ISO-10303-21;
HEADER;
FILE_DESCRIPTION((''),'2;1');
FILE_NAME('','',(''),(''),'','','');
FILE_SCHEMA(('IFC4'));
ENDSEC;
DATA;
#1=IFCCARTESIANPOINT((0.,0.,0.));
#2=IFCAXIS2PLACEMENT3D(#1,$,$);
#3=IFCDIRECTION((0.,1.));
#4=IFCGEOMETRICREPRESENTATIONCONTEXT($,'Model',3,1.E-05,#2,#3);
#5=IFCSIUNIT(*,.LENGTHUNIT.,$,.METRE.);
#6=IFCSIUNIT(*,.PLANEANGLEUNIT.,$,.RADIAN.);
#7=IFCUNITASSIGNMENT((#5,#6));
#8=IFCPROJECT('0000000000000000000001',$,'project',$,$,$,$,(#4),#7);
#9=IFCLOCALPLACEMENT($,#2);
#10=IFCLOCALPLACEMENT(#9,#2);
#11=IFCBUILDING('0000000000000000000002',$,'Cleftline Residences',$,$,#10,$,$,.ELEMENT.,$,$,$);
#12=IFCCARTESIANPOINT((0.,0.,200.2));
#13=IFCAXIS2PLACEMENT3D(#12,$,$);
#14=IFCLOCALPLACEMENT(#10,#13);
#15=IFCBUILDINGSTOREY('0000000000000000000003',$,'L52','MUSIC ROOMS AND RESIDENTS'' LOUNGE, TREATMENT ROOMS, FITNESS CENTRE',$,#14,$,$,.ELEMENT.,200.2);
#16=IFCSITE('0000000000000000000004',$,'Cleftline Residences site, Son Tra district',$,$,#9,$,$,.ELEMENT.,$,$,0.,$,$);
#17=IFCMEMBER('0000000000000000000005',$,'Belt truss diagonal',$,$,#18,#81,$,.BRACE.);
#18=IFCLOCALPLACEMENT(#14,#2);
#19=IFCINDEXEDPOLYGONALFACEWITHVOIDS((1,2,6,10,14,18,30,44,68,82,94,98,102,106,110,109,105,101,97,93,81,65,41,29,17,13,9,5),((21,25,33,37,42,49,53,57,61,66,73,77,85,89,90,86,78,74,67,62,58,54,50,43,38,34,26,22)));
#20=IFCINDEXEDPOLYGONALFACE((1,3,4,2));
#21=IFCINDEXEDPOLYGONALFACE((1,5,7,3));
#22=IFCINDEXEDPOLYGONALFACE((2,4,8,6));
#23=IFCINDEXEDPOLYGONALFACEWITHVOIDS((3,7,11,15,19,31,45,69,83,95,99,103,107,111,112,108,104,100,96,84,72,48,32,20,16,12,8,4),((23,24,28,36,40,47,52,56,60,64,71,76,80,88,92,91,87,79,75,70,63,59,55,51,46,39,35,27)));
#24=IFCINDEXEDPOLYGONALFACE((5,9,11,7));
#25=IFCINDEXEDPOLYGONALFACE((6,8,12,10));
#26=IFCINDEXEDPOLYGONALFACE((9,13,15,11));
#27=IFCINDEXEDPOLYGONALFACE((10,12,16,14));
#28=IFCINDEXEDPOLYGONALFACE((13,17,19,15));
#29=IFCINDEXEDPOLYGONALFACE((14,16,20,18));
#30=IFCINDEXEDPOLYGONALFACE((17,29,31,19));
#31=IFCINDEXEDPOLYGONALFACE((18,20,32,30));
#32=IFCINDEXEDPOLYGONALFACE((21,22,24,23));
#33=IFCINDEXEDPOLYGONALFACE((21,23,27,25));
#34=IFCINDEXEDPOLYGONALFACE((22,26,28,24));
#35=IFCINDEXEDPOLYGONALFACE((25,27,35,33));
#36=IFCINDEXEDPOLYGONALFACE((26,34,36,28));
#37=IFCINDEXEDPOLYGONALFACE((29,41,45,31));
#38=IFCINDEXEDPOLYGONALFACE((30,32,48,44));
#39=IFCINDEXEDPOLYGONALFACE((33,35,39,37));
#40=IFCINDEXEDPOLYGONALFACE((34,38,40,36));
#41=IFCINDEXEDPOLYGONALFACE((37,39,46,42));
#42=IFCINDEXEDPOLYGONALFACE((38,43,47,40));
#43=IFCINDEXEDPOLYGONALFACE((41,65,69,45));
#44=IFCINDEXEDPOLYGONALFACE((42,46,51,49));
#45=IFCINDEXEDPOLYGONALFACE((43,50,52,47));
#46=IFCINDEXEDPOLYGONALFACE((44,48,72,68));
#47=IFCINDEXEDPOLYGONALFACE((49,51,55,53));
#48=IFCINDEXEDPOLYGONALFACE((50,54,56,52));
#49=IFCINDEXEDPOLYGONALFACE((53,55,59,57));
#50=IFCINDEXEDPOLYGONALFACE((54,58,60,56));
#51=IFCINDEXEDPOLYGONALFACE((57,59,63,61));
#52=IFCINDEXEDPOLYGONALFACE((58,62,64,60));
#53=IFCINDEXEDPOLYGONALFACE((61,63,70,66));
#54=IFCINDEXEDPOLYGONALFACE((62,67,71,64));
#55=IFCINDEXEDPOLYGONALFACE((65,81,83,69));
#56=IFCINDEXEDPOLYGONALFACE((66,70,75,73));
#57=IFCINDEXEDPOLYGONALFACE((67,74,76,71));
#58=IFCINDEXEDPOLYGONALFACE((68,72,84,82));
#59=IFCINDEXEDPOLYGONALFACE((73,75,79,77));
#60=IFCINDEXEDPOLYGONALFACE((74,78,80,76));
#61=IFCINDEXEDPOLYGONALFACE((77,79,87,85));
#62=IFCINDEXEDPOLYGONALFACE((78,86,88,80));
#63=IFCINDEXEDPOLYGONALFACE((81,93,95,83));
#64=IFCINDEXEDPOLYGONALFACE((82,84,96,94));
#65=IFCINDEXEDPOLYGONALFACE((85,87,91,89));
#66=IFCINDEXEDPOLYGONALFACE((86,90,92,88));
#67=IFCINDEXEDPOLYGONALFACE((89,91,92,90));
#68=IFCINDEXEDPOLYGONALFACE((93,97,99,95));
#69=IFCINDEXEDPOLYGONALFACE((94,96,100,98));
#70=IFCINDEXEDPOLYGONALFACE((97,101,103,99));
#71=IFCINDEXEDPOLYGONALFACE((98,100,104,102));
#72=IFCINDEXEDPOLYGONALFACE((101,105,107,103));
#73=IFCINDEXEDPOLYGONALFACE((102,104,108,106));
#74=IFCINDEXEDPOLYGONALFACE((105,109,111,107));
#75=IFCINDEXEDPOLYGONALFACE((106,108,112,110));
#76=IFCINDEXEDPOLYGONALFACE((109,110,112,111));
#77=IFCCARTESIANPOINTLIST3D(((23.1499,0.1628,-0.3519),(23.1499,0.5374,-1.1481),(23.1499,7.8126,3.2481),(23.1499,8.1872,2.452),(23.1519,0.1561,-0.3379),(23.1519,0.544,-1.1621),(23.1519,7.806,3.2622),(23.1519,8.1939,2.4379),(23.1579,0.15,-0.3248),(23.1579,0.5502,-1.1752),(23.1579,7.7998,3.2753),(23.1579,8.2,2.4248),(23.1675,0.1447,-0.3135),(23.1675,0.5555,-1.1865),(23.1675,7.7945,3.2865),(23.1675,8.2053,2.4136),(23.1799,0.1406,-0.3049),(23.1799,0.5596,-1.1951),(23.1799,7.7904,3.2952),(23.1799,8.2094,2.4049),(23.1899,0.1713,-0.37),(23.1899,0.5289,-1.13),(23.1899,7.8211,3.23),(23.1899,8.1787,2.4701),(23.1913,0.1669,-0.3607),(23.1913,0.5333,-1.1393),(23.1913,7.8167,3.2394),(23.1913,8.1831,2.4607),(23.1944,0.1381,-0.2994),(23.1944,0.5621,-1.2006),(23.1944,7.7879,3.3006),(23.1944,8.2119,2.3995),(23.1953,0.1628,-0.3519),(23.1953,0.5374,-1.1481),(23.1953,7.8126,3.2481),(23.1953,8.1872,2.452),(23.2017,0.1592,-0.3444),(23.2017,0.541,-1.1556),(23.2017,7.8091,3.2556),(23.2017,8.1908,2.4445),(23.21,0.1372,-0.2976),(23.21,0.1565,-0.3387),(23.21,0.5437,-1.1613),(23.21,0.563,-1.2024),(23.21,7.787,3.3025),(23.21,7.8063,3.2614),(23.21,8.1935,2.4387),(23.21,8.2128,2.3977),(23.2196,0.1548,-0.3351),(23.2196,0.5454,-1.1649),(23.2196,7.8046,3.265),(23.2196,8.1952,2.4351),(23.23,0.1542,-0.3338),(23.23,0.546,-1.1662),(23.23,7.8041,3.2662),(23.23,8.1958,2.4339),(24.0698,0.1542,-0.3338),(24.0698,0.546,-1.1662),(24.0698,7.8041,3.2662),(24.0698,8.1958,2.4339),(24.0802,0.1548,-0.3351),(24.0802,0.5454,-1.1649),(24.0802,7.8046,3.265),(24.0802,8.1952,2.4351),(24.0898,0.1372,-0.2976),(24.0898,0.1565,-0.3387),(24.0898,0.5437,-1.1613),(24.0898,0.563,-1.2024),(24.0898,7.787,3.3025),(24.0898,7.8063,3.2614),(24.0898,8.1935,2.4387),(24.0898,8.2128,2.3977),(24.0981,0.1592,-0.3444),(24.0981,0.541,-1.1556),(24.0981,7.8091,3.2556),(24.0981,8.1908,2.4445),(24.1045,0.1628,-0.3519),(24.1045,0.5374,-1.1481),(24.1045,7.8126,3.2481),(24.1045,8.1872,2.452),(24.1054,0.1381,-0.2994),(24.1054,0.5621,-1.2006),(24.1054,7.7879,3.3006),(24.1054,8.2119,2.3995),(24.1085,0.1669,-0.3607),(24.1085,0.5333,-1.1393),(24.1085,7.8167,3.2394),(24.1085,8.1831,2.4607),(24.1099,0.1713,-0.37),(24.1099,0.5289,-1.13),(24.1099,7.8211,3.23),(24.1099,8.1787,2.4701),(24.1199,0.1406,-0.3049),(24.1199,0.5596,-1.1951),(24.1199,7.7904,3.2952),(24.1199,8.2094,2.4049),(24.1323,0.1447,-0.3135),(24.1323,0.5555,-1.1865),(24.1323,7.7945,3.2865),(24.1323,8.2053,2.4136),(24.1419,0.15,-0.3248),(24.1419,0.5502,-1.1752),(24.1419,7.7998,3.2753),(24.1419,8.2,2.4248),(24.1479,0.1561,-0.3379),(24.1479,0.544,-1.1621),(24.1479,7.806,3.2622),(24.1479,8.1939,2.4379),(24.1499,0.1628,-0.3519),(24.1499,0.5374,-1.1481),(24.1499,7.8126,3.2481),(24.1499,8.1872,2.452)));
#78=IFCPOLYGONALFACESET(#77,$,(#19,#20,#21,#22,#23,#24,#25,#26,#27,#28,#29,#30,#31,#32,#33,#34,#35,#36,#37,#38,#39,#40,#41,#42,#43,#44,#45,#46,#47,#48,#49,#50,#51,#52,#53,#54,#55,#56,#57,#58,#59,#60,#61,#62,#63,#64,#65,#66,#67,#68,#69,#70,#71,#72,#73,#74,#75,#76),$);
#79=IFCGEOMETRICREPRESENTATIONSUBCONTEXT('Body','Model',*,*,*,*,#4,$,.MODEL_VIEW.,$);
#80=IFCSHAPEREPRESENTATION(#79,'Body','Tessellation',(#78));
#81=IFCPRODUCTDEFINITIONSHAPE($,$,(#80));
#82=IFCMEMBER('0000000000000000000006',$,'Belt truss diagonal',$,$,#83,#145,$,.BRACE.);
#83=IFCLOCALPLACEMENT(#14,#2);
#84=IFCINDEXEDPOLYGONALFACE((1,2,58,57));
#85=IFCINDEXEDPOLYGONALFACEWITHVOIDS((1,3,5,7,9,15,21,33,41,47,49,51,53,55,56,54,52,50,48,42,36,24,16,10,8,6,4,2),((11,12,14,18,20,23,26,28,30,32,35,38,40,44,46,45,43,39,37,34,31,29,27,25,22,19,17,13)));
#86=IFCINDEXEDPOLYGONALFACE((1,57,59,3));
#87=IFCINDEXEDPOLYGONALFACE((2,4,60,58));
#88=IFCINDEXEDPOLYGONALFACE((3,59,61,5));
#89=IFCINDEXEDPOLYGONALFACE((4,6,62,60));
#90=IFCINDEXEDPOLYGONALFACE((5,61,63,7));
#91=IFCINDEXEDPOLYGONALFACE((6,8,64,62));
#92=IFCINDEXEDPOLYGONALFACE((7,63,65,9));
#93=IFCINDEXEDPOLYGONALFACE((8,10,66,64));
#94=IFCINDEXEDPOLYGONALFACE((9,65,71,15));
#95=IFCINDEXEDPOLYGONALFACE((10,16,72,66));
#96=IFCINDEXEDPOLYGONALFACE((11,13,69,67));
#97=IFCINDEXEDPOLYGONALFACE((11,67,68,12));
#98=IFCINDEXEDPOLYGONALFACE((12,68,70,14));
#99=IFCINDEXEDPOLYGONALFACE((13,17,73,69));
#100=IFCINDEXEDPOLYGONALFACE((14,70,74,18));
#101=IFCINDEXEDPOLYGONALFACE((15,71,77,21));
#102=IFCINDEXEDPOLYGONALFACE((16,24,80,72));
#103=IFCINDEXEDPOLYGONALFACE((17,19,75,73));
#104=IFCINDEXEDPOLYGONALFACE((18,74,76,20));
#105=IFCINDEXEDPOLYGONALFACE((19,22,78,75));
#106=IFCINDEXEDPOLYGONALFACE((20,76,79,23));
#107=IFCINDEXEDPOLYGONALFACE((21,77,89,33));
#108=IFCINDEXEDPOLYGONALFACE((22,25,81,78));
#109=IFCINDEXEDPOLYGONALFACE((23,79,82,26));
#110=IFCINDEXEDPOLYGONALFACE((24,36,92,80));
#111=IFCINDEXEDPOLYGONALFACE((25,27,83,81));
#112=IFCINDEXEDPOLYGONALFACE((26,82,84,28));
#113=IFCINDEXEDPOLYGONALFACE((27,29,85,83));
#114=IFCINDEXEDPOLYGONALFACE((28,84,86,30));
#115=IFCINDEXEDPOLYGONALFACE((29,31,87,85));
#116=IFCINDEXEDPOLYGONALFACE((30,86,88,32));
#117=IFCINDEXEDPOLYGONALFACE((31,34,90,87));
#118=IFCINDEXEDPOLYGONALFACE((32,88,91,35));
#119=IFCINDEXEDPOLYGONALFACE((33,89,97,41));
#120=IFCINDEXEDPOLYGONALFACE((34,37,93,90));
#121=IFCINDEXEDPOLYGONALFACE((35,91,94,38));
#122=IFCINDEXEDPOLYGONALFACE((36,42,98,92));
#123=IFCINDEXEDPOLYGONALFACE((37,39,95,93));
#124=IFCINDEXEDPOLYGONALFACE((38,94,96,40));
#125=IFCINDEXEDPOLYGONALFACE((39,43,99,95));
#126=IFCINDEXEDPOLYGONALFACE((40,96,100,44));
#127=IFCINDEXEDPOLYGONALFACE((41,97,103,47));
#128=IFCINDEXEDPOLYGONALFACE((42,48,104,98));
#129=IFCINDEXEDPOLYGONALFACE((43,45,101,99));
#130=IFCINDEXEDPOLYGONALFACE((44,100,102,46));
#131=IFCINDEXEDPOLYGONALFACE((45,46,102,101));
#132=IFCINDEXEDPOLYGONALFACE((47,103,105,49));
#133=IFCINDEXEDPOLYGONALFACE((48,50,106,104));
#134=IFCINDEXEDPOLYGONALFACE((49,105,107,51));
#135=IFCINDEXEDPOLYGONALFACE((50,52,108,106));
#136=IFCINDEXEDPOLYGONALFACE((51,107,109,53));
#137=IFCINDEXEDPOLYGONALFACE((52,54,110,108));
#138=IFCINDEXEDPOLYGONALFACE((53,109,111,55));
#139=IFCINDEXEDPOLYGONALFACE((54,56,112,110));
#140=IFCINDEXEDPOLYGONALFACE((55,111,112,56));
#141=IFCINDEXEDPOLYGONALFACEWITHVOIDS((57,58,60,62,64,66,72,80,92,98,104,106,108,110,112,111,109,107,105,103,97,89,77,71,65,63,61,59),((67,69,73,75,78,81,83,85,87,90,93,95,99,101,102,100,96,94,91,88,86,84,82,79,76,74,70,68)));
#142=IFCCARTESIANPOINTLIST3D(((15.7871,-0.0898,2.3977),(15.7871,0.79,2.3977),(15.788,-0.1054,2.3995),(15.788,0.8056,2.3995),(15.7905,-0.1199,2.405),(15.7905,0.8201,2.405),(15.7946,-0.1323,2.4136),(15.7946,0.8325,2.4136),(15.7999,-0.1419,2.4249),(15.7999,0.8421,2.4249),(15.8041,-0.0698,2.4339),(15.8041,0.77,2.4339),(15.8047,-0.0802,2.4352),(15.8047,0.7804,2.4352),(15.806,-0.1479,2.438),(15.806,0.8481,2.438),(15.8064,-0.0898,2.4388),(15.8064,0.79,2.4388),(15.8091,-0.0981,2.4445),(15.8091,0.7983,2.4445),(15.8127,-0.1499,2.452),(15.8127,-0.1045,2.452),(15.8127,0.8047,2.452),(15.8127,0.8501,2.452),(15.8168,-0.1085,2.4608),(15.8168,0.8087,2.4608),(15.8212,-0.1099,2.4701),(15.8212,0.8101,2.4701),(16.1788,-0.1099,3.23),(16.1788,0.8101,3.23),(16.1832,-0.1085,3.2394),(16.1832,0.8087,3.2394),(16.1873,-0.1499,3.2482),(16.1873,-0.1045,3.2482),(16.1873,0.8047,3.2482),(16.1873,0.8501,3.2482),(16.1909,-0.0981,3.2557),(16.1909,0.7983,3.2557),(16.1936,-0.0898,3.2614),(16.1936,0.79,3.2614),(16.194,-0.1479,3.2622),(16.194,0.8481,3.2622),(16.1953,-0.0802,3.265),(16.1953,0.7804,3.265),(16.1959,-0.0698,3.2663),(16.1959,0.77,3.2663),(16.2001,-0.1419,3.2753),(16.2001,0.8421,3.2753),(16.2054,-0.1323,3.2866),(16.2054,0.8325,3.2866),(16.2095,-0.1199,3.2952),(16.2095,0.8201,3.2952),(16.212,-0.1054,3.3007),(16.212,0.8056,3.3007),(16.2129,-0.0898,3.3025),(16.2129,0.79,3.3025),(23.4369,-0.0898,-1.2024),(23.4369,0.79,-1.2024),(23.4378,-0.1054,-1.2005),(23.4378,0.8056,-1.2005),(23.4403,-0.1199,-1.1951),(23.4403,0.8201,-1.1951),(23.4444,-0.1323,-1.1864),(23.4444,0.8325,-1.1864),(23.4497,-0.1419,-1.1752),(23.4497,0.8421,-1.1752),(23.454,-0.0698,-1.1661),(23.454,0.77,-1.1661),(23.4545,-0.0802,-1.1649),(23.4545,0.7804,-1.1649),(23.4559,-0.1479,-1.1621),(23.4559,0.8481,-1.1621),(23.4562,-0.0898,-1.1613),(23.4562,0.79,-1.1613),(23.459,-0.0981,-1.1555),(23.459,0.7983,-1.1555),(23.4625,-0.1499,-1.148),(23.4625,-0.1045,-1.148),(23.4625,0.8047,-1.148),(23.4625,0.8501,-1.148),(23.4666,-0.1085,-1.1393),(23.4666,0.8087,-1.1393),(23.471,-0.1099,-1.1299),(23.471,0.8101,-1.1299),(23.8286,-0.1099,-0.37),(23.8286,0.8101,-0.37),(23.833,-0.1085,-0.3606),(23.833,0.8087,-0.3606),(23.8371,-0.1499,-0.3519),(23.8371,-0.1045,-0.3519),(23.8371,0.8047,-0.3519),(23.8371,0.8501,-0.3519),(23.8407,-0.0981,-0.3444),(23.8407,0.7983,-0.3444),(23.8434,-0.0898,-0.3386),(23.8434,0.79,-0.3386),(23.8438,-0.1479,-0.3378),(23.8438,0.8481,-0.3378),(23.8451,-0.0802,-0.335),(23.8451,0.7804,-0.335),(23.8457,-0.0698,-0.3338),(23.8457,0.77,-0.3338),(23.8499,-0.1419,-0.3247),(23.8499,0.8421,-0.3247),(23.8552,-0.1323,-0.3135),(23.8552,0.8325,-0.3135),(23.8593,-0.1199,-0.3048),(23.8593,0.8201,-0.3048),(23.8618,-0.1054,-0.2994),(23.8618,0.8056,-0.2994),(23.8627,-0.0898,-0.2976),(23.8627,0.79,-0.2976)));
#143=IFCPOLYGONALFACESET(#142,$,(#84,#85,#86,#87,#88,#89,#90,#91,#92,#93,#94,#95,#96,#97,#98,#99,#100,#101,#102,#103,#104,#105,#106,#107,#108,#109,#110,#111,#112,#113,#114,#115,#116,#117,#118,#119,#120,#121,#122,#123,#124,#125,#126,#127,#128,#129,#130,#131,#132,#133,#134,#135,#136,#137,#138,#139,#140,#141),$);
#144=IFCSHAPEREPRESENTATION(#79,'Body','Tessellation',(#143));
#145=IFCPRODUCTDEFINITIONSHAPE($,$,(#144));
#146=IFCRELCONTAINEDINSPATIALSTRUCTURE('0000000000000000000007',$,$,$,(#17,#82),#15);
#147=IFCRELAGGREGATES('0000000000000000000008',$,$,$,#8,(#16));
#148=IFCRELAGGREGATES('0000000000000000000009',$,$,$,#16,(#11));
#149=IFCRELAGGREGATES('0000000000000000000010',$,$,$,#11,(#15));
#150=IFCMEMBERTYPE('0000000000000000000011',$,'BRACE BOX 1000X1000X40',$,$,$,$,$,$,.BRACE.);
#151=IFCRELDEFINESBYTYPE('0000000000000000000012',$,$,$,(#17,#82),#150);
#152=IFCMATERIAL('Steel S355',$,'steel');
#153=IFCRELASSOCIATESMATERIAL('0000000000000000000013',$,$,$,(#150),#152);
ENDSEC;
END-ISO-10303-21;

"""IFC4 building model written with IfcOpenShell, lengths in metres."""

from ifc_helpers import new_model, si_unit, direction, frame, origin, origin_2d, place, context, subcontext, project, spatial, hollow_rectangle, extrude, material, material_profile, profile_set, type_object, element, save


model = new_model("IFC4")

# Units and contexts
model_context = context("Model", 3, precision=1e-05, world=origin(), true_north=direction((0.0, 1.0)))
body_context = subcontext(model_context, "Body", "Model", "MODEL_VIEW")
ifc_project = project(units=[si_unit("LENGTHUNIT", "METRE"), si_unit("PLANEANGLEUNIT", "RADIAN")], contexts=[model_context])

# Site, building, storey
site_placement = place(None, origin())
site = spatial("IfcSite", under=ifc_project, at=site_placement, Name="Cleftline Residences site, Son Tra district", CompositionType="ELEMENT", RefElevation=0.0)
building_placement = place(site_placement, origin())
building = spatial("IfcBuilding", under=site, at=building_placement, Name="Cleftline Residences", CompositionType="ELEMENT")
storey_placement = place(building_placement, frame((0.0, 0.0, 200.2)))
storey = spatial("IfcBuildingStorey", under=building, at=storey_placement, Name="L52", Description="MUSIC ROOMS AND RESIDENTS' LOUNGE, TREATMENT ROOMS, FITNESS CENTRE", CompositionType="ELEMENT", Elevation=200.2)

# Members
ifc_material_1 = material(Name="Steel S355", Category="steel")
ifc_material_profile_1 = material_profile(ifc_material_1, hollow_rectangle(XDim=1.0, YDim=1.0, WallThickness=0.04, InnerFilletRadius=0.04, OuterFilletRadius=0.0601, at=origin_2d()))
ifc_profile_set_1 = profile_set([ifc_material_profile_1], Name="Steel S355")
member_type_1 = type_object("IfcMemberType", Name="BRACE BOX 1000X1000X40", PredefinedType="BRACE", material=ifc_profile_set_1)
for number, where, z_axis, x_axis, name in (
    (1, (23.6499, 0.3501, -0.75), (0.0, 0.904812, 0.425811), (0.0, -0.425811, 0.904812), "Belt truss diagonal"),
    (2, (16.0, 0.3501, 2.8501), (0.904812, 0.0, -0.425811), (0.425811, 0.0, 0.904812), "Belt truss diagonal"),
):
    element("IfcMember", number, at=place(storey_placement, frame(where, z_axis=z_axis, x_axis=x_axis)), inside=storey, type_object=member_type_1, Name=name, PredefinedType="BRACE", context=body_context, shape_type="SweptSolid", body=[
        extrude(hollow_rectangle(XDim=1.0, YDim=1.0, WallThickness=0.04, InnerFilletRadius=0.04, OuterFilletRadius=0.0601, at=origin_2d()), origin(), (0.0, 0.0, 1.0), 8.4546),
    ])

save(model, "model.ifc")
